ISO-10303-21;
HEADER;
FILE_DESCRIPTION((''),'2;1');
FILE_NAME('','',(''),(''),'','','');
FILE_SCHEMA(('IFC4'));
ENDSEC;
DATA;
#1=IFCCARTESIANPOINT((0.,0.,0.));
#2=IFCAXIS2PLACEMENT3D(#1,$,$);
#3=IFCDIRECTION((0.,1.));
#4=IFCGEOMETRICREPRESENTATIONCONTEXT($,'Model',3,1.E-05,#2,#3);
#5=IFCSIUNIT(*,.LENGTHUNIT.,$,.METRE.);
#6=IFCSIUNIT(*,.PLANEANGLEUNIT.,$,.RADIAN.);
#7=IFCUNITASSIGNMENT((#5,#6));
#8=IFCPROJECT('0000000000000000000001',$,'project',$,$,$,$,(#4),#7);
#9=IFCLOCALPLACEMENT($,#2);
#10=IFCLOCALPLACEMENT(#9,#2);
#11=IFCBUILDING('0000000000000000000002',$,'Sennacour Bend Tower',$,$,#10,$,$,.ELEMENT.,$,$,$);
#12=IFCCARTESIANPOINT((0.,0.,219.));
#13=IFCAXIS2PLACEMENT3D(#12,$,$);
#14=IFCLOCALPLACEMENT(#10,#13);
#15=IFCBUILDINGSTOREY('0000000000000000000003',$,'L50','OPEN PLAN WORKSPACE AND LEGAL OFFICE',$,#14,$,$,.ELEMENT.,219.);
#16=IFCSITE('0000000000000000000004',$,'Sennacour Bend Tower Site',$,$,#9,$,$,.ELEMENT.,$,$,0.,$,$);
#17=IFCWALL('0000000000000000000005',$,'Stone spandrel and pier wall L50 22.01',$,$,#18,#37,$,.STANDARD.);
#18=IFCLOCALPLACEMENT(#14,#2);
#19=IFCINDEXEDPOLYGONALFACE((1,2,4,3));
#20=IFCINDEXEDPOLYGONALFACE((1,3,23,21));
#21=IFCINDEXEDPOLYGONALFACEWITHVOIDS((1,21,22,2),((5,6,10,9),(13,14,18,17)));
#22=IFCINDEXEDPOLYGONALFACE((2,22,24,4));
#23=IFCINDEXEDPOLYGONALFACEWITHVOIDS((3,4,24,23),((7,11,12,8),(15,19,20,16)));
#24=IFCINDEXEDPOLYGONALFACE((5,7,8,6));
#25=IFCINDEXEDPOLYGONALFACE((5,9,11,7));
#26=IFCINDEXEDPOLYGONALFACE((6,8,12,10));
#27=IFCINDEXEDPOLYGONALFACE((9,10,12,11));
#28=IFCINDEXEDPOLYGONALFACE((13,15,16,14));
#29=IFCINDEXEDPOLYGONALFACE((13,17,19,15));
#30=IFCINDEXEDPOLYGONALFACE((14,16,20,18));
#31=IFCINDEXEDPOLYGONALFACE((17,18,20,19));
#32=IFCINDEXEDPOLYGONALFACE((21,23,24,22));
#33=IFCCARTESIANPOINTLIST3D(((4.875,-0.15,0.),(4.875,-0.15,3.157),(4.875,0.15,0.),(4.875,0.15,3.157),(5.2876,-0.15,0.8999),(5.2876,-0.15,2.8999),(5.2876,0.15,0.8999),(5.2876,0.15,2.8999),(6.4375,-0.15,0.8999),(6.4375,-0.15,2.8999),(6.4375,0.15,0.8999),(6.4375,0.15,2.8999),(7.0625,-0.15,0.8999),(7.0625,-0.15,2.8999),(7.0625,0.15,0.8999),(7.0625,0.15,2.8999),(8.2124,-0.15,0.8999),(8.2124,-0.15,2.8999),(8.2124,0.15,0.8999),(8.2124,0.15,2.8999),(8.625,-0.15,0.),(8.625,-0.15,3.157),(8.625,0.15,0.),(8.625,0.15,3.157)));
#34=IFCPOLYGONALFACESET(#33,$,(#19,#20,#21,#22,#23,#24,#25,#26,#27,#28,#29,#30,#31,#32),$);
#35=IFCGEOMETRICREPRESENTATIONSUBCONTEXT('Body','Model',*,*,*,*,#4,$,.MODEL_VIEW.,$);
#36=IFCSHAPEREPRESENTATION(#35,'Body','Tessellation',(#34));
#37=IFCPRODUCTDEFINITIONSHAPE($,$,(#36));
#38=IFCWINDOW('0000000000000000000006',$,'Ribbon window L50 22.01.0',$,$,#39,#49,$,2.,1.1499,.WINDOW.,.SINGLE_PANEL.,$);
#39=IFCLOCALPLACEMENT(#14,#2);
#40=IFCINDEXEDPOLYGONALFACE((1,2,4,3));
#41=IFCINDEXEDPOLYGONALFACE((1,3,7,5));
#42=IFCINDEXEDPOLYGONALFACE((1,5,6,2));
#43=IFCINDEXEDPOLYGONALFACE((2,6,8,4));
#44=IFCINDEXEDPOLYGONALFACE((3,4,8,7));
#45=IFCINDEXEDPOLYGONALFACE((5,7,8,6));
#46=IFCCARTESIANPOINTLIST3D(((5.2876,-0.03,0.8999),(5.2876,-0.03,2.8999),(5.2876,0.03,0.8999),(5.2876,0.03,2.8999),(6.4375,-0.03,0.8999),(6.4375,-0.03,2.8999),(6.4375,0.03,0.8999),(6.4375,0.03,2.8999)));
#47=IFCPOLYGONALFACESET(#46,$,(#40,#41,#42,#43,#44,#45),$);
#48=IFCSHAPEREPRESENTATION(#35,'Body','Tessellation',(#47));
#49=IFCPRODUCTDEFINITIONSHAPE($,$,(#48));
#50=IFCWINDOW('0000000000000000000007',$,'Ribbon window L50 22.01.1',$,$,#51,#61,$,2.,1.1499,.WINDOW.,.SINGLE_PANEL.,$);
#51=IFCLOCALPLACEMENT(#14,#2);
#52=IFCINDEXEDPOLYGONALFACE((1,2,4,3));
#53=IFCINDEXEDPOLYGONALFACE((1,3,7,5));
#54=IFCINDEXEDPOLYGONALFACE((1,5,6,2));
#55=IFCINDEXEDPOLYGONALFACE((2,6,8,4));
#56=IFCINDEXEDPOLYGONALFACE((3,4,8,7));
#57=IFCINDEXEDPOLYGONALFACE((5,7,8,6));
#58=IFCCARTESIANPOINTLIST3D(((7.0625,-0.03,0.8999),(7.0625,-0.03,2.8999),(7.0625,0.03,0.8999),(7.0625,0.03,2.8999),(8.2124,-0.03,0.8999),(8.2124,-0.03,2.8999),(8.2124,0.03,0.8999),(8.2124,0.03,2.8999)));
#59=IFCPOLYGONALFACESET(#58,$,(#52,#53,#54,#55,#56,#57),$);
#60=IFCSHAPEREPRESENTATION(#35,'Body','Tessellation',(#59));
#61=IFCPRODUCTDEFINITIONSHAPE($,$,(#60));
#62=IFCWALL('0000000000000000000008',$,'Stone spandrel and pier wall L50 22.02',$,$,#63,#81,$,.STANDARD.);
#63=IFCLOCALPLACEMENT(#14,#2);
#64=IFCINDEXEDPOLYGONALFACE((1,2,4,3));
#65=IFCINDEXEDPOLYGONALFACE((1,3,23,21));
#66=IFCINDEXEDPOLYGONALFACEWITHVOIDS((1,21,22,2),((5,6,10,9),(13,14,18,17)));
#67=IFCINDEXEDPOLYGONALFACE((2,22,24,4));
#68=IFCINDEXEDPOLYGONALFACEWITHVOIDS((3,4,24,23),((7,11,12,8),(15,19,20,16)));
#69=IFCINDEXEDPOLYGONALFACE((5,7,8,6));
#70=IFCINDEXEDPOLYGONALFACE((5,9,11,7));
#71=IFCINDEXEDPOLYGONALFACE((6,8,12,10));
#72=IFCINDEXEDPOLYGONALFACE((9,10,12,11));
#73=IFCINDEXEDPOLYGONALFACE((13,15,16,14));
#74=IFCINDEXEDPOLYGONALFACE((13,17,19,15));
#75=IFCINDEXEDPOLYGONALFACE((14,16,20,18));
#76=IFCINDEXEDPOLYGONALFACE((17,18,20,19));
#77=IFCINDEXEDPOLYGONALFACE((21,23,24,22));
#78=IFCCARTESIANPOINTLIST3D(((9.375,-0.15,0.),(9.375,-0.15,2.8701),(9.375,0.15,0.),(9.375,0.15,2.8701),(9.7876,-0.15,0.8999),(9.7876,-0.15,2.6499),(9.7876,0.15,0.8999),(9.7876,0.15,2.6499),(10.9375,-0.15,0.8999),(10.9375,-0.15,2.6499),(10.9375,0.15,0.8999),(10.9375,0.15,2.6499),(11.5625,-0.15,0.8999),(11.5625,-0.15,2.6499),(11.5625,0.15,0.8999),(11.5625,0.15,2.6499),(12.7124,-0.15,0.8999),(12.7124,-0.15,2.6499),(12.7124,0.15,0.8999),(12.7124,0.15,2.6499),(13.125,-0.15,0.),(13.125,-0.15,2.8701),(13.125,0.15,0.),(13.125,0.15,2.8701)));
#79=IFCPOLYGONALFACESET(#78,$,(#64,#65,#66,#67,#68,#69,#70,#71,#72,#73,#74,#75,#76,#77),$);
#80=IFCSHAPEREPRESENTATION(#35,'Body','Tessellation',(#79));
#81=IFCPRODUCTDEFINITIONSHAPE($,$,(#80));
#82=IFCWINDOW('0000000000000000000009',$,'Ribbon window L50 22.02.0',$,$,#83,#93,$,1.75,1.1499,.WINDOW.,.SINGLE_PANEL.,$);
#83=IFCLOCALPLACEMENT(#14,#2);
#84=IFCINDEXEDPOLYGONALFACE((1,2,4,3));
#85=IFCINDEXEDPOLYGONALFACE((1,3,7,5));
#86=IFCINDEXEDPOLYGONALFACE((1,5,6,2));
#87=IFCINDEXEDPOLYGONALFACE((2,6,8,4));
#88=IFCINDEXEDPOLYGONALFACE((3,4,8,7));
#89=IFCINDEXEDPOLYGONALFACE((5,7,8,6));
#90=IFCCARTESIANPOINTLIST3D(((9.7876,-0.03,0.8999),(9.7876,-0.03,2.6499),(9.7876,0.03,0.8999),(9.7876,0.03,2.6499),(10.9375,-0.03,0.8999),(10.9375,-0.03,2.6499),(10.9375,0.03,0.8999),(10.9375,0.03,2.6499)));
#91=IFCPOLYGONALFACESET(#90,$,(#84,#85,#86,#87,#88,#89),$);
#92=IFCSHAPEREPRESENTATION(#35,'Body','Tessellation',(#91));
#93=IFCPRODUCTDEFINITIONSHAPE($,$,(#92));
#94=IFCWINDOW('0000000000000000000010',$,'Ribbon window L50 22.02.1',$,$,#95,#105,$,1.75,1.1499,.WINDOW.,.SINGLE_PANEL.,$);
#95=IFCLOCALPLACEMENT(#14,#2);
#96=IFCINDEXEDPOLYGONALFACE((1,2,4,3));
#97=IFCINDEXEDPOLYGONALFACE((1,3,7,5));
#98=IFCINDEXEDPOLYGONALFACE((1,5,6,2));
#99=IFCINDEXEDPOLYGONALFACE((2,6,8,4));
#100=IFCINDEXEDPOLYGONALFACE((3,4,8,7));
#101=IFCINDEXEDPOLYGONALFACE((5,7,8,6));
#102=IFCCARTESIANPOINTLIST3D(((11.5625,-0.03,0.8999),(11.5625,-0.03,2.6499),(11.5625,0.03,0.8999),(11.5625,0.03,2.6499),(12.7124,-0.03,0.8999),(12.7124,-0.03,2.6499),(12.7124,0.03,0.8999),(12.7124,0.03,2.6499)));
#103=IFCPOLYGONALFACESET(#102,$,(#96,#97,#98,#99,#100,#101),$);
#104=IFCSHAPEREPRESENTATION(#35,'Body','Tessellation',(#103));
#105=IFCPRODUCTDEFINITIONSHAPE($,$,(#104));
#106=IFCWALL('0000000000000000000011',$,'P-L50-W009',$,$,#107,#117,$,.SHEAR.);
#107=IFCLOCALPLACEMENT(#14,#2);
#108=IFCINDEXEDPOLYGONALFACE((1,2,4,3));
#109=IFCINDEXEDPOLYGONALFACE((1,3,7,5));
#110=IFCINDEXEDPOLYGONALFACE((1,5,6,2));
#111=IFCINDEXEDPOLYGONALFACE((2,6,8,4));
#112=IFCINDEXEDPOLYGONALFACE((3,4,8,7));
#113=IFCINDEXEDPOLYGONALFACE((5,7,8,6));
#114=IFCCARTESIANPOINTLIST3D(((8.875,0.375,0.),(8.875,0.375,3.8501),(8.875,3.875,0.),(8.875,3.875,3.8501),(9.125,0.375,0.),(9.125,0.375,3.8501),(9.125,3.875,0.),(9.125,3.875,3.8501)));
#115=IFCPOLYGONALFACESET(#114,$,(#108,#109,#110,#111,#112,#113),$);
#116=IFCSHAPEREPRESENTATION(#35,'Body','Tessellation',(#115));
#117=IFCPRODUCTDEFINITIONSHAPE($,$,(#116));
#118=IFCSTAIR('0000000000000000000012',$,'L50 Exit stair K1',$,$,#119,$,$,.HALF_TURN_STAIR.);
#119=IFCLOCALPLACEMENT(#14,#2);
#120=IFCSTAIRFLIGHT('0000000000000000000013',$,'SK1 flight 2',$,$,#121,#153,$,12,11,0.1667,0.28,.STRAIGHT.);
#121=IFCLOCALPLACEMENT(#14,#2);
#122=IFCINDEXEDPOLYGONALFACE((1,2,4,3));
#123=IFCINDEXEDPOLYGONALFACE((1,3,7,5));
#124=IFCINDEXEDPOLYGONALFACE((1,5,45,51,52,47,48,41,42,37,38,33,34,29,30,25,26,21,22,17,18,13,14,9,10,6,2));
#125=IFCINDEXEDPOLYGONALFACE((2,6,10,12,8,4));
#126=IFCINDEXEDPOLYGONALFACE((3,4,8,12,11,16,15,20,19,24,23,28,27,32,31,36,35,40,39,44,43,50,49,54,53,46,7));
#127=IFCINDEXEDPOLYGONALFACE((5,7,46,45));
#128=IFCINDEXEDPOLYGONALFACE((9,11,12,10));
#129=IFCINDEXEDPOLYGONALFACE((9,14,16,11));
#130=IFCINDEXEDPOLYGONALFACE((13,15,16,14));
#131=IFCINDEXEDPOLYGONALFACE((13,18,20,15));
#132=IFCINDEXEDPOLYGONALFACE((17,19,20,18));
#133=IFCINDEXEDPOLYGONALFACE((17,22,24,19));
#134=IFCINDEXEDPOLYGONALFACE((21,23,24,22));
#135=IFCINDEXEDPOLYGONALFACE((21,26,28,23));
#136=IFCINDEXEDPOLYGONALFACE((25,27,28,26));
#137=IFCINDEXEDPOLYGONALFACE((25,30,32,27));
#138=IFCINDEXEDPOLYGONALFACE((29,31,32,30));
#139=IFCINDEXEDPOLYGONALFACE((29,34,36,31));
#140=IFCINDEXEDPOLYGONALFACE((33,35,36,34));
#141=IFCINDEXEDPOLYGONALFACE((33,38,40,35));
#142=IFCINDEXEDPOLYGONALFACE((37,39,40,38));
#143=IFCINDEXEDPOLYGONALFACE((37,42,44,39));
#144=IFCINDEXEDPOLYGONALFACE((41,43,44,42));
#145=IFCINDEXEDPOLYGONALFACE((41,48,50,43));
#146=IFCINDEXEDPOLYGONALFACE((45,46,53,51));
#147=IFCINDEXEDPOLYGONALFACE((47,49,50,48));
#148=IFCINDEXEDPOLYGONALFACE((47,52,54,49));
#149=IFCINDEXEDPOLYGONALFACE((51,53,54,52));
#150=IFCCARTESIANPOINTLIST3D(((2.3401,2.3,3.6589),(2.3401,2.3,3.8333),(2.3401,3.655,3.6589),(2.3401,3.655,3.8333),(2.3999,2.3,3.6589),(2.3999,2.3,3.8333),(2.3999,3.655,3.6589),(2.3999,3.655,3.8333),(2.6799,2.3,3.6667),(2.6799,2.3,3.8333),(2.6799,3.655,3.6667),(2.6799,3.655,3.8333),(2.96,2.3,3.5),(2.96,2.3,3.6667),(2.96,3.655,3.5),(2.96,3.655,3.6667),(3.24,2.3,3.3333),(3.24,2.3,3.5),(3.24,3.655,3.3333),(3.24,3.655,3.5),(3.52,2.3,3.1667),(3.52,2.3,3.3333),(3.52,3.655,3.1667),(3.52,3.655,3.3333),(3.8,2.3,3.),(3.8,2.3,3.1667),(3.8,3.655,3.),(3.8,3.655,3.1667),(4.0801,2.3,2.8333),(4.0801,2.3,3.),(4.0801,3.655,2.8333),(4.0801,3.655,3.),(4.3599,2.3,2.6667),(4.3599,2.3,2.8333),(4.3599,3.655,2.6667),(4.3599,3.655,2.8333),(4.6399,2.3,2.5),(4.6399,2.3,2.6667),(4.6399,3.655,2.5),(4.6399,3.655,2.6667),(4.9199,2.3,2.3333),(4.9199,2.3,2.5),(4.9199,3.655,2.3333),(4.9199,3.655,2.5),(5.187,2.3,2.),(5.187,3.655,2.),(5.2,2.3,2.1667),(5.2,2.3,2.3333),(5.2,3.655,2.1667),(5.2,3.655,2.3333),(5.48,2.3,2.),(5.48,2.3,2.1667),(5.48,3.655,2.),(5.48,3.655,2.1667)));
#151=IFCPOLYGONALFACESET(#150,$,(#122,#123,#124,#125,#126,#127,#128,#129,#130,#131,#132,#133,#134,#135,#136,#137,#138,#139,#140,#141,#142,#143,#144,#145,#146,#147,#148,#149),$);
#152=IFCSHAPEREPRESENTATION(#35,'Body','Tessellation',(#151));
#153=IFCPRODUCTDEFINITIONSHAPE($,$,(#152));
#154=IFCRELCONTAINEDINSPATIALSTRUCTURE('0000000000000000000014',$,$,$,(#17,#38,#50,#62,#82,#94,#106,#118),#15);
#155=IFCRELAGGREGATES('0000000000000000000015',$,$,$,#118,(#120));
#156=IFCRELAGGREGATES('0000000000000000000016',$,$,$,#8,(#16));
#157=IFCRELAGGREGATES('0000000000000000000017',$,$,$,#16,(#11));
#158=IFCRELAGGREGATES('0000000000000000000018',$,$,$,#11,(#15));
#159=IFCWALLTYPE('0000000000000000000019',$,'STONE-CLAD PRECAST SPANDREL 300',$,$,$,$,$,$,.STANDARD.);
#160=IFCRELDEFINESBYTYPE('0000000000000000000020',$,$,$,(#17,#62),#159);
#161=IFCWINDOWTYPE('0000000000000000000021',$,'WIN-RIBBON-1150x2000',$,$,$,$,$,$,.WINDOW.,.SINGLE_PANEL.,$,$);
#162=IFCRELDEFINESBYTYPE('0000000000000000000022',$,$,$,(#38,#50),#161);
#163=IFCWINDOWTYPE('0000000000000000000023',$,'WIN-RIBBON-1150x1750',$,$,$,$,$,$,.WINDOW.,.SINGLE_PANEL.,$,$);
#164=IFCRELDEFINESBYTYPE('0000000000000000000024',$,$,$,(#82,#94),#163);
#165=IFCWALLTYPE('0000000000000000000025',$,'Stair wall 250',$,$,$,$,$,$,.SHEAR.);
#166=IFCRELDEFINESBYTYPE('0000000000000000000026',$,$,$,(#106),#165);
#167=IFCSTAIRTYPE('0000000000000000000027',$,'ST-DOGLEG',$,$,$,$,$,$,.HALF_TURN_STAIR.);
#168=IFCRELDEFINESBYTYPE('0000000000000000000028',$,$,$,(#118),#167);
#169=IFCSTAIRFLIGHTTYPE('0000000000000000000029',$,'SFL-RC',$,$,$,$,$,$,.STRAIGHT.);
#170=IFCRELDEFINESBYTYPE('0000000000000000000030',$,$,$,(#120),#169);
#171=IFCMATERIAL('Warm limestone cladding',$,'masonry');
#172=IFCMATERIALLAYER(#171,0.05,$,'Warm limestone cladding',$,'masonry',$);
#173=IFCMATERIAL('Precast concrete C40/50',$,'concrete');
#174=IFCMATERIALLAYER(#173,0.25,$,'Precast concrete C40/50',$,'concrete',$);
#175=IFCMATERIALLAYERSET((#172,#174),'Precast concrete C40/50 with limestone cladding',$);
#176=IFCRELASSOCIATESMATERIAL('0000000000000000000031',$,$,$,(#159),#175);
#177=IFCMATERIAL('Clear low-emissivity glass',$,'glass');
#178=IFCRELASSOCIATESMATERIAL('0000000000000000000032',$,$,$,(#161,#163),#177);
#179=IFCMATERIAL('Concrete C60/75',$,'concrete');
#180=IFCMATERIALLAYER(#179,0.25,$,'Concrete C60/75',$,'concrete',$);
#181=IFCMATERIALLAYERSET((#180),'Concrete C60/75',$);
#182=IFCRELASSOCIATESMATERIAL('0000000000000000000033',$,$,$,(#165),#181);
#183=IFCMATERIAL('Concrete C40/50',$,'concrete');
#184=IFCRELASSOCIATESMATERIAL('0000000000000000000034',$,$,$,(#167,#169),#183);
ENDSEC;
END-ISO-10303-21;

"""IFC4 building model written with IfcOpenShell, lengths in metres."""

from ifc_helpers import new_model, si_unit, direction, frame, frame_2d, origin, place, context, subcontext, project, spatial, polyline, rectangle, outline, extrude, material, layer, layer_set, type_object, element, fill, aggregate, save


model = new_model("IFC4")

# Units and contexts
model_context = context("Model", 3, precision=1e-05, world=origin(), true_north=direction((0.0, 1.0)))
body_context = subcontext(model_context, "Body", "Model", "MODEL_VIEW")
ifc_project = project(units=[si_unit("LENGTHUNIT", "METRE"), si_unit("PLANEANGLEUNIT", "RADIAN")], contexts=[model_context])

# Site, building, storey
site_placement = place(None, origin())
site = spatial("IfcSite", under=ifc_project, at=site_placement, Name="Sennacour Bend Tower Site", CompositionType="ELEMENT", RefElevation=0.0)
building_placement = place(site_placement, origin())
building = spatial("IfcBuilding", under=site, at=building_placement, Name="Sennacour Bend Tower", CompositionType="ELEMENT")
storey_placement = place(building_placement, frame((0.0, 0.0, 219.0)))
storey = spatial("IfcBuildingStorey", under=building, at=storey_placement, Name="L50", Description="OPEN PLAN WORKSPACE AND LEGAL OFFICE", CompositionType="ELEMENT", Elevation=219.0)

# Walls, openings, windows
ifc_material_1 = material(Name="Warm limestone cladding", Category="masonry")
ifc_layer_1 = layer(ifc_material_1, 0.05, Name="Warm limestone cladding", Category="masonry")
ifc_material_2 = material(Name="Precast concrete C40/50", Category="concrete")
ifc_layer_2 = layer(ifc_material_2, 0.25, Name="Precast concrete C40/50", Category="concrete")
ifc_layer_set_1 = layer_set([ifc_layer_1, ifc_layer_2], Name="Precast concrete C40/50 with limestone cladding")
wall_type_1 = type_object("IfcWallType", Name="STONE-CLAD PRECAST SPANDREL 300", PredefinedType="STANDARD", material=ifc_layer_set_1)
wall_1_placement = place(storey_placement, frame((4.875, 0.0, 0.0), z_axis=(0.0, 0.0, 1.0), x_axis=(1.0, 0.0, 0.0)))
wall_1 = element("IfcWall", 1, at=wall_1_placement, inside=storey, type_object=wall_type_1, Name="Stone spandrel and pier wall L50 22.01", PredefinedType="STANDARD", context=body_context, shape_type="SweptSolid", body=[
    extrude(rectangle(XDim=3.75, YDim=0.3, at=frame_2d((1.875, 0.0))), origin(), (0.0, 0.0, 1.0), 3.157),
])
opening_1_placement = place(wall_1_placement, frame((0.4126, 0.0, 0.8999)))
opening_1 = element("IfcOpeningElement", 2, at=opening_1_placement, cuts=wall_1, PredefinedType="OPENING", context=body_context, shape_type="SweptSolid", body=[
    extrude(rectangle(XDim=1.1499, YDim=2.0, at=frame_2d((0.575, 1.0))), frame((0.0, 0.1602, 0.0), z_axis=(0.0, -1.0, 0.0), x_axis=(1.0, 0.0, 0.0)), (0.0, 0.0, 1.0), 0.3201),
])
opening_2_placement = place(wall_1_placement, frame((2.1875, 0.0, 0.8999)))
opening_2 = element("IfcOpeningElement", 3, at=opening_2_placement, cuts=wall_1, PredefinedType="OPENING", context=body_context, shape_type="SweptSolid", body=[
    extrude(rectangle(XDim=1.1499, YDim=2.0, at=frame_2d((0.575, 1.0))), frame((0.0, 0.1602, 0.0), z_axis=(0.0, -1.0, 0.0), x_axis=(1.0, 0.0, 0.0)), (0.0, 0.0, 1.0), 0.3201),
])
ifc_material_3 = material(Name="Clear low-emissivity glass", Category="glass")
window_type_1 = type_object("IfcWindowType", Name="WIN-RIBBON-1150x2000", PartitioningType="SINGLE_PANEL", PredefinedType="WINDOW", material=ifc_material_3)
window_1_placement = place(opening_1_placement, origin())
window_1 = element("IfcWindow", 4, at=window_1_placement, inside=storey, type_object=window_type_1, Name="Ribbon window L50 22.01.0", OverallHeight=2.0, OverallWidth=1.1499, PartitioningType="SINGLE_PANEL", PredefinedType="WINDOW", context=body_context, shape_type="SweptSolid", body=[
    extrude(rectangle(XDim=1.1499, YDim=2.0, at=frame_2d((0.575, 1.0))), frame((0.0, 0.03, 0.0), z_axis=(0.0, -1.0, 0.0), x_axis=(1.0, 0.0, 0.0)), (0.0, 0.0, 1.0), 0.0601),
])
fill(opening_1, window_1)
window_2_placement = place(opening_2_placement, origin())
window_2 = element("IfcWindow", 5, at=window_2_placement, inside=storey, type_object=window_type_1, Name="Ribbon window L50 22.01.1", OverallHeight=2.0, OverallWidth=1.1499, PartitioningType="SINGLE_PANEL", PredefinedType="WINDOW", context=body_context, shape_type="SweptSolid", body=[
    extrude(rectangle(XDim=1.1499, YDim=2.0, at=frame_2d((0.575, 1.0))), frame((0.0, 0.03, 0.0), z_axis=(0.0, -1.0, 0.0), x_axis=(1.0, 0.0, 0.0)), (0.0, 0.0, 1.0), 0.0601),
])
fill(opening_2, window_2)
wall_2_placement = place(storey_placement, frame((9.375, 0.0, 0.0), z_axis=(0.0, 0.0, 1.0), x_axis=(1.0, 0.0, 0.0)))
wall_2 = element("IfcWall", 6, at=wall_2_placement, inside=storey, type_object=wall_type_1, Name="Stone spandrel and pier wall L50 22.02", PredefinedType="STANDARD", context=body_context, shape_type="SweptSolid", body=[
    extrude(rectangle(XDim=3.75, YDim=0.3, at=frame_2d((1.875, 0.0))), origin(), (0.0, 0.0, 1.0), 2.8701),
])
opening_3_placement = place(wall_2_placement, frame((0.4126, 0.0, 0.8999)))
opening_3 = element("IfcOpeningElement", 7, at=opening_3_placement, cuts=wall_2, PredefinedType="OPENING", context=body_context, shape_type="SweptSolid", body=[
    extrude(rectangle(XDim=1.1499, YDim=1.75, at=frame_2d((0.575, 0.875))), frame((0.0, 0.1602, 0.0), z_axis=(0.0, -1.0, 0.0), x_axis=(1.0, 0.0, 0.0)), (0.0, 0.0, 1.0), 0.3201),
])
opening_4_placement = place(wall_2_placement, frame((2.1875, 0.0, 0.8999)))
opening_4 = element("IfcOpeningElement", 8, at=opening_4_placement, cuts=wall_2, PredefinedType="OPENING", context=body_context, shape_type="SweptSolid", body=[
    extrude(rectangle(XDim=1.1499, YDim=1.75, at=frame_2d((0.575, 0.875))), frame((0.0, 0.1602, 0.0), z_axis=(0.0, -1.0, 0.0), x_axis=(1.0, 0.0, 0.0)), (0.0, 0.0, 1.0), 0.3201),
])
window_type_2 = type_object("IfcWindowType", Name="WIN-RIBBON-1150x1750", PartitioningType="SINGLE_PANEL", PredefinedType="WINDOW", material=ifc_material_3)
window_3_placement = place(opening_3_placement, origin())
window_3 = element("IfcWindow", 9, at=window_3_placement, inside=storey, type_object=window_type_2, Name="Ribbon window L50 22.02.0", OverallHeight=1.75, OverallWidth=1.1499, PartitioningType="SINGLE_PANEL", PredefinedType="WINDOW", context=body_context, shape_type="SweptSolid", body=[
    extrude(rectangle(XDim=1.1499, YDim=1.75, at=frame_2d((0.575, 0.875))), frame((0.0, 0.03, 0.0), z_axis=(0.0, -1.0, 0.0), x_axis=(1.0, 0.0, 0.0)), (0.0, 0.0, 1.0), 0.0601),
])
fill(opening_3, window_3)
window_4_placement = place(opening_4_placement, origin())
window_4 = element("IfcWindow", 10, at=window_4_placement, inside=storey, type_object=window_type_2, Name="Ribbon window L50 22.02.1", OverallHeight=1.75, OverallWidth=1.1499, PartitioningType="SINGLE_PANEL", PredefinedType="WINDOW", context=body_context, shape_type="SweptSolid", body=[
    extrude(rectangle(XDim=1.1499, YDim=1.75, at=frame_2d((0.575, 0.875))), frame((0.0, 0.03, 0.0), z_axis=(0.0, -1.0, 0.0), x_axis=(1.0, 0.0, 0.0)), (0.0, 0.0, 1.0), 0.0601),
])
fill(opening_4, window_4)

# Wall
ifc_material_4 = material(Name="Concrete C60/75", Category="concrete")
ifc_layer_3 = layer(ifc_material_4, 0.25, Name="Concrete C60/75", Category="concrete")
ifc_layer_set_2 = layer_set([ifc_layer_3], Name="Concrete C60/75")
wall_type_2 = type_object("IfcWallType", Name="Stair wall 250", PredefinedType="SHEAR", material=ifc_layer_set_2)
wall_3_placement = place(storey_placement, frame((9.0, 0.375, 0.0), z_axis=(0.0, 0.0, 1.0), x_axis=(0.0, 1.0, 0.0)))
element("IfcWall", 11, at=wall_3_placement, inside=storey, type_object=wall_type_2, Name="P-L50-W009", PredefinedType="SHEAR", context=body_context, shape_type="SweptSolid", body=[
    extrude(rectangle(XDim=3.5, YDim=0.25, at=frame_2d((1.75, 0.0))), origin(), (0.0, 0.0, 1.0), 3.8501),
])

# Stair, stair flight
ifc_material_5 = material(Name="Concrete C40/50", Category="concrete")
stair_type = type_object("IfcStairType", Name="ST-DOGLEG", PredefinedType="HALF_TURN_STAIR", material=ifc_material_5)
stair_placement = place(storey_placement, origin())
stair = element("IfcStair", 12, at=stair_placement, inside=storey, type_object=stair_type, Name="L50 Exit stair K1", PredefinedType="HALF_TURN_STAIR")
stair_flight_type = type_object("IfcStairFlightType", Name="SFL-RC", PredefinedType="STRAIGHT", material=ifc_material_5)
stair_flight_placement = place(storey_placement, frame((5.48, 2.9775, 2.0), z_axis=(0.0, 0.0, 1.0), x_axis=(-1.0, 0.0, 0.0)))
stair_flight = element("IfcStairFlight", 13, at=stair_flight_placement, type_object=stair_flight_type, Name="SK1 flight 2", NumberOfRisers=12, NumberOfTreads=11, PredefinedType="STRAIGHT", RiserHeight=0.1667, TreadLength=0.28, context=body_context, shape_type="SweptSolid", body=[
    extrude(outline(polyline([(0.0, 0.0), (0.0, 0.1667), (0.28, 0.1667), (0.28, 0.3333), (0.5601, 0.3333), (0.5601, 0.5), (0.8401, 0.5), (0.8401, 0.6667), (1.1201, 0.6667), (1.1201, 0.8333), (1.3999, 0.8333), (1.3999, 1.0), (1.6799, 1.0), (1.6799, 1.1667), (1.96, 1.1667), (1.96, 1.3333), (2.24, 1.3333), (2.24, 1.5), (2.52, 1.5), (2.52, 1.6667), (2.8, 1.6667), (2.8, 1.8333), (3.0801, 1.8333), (3.1399, 1.8333), (3.1399, 1.6589), (3.0801, 1.6589), (0.293, 0.0), (0.0, 0.0)])), frame((0.0, 0.6775, 0.0), z_axis=(0.0, -1.0, 0.0), x_axis=(1.0, 0.0, 0.0)), (0.0, 0.0, 1.0), 1.355),
])
aggregate(stair, [stair_flight])

save(model, "model.ifc")
